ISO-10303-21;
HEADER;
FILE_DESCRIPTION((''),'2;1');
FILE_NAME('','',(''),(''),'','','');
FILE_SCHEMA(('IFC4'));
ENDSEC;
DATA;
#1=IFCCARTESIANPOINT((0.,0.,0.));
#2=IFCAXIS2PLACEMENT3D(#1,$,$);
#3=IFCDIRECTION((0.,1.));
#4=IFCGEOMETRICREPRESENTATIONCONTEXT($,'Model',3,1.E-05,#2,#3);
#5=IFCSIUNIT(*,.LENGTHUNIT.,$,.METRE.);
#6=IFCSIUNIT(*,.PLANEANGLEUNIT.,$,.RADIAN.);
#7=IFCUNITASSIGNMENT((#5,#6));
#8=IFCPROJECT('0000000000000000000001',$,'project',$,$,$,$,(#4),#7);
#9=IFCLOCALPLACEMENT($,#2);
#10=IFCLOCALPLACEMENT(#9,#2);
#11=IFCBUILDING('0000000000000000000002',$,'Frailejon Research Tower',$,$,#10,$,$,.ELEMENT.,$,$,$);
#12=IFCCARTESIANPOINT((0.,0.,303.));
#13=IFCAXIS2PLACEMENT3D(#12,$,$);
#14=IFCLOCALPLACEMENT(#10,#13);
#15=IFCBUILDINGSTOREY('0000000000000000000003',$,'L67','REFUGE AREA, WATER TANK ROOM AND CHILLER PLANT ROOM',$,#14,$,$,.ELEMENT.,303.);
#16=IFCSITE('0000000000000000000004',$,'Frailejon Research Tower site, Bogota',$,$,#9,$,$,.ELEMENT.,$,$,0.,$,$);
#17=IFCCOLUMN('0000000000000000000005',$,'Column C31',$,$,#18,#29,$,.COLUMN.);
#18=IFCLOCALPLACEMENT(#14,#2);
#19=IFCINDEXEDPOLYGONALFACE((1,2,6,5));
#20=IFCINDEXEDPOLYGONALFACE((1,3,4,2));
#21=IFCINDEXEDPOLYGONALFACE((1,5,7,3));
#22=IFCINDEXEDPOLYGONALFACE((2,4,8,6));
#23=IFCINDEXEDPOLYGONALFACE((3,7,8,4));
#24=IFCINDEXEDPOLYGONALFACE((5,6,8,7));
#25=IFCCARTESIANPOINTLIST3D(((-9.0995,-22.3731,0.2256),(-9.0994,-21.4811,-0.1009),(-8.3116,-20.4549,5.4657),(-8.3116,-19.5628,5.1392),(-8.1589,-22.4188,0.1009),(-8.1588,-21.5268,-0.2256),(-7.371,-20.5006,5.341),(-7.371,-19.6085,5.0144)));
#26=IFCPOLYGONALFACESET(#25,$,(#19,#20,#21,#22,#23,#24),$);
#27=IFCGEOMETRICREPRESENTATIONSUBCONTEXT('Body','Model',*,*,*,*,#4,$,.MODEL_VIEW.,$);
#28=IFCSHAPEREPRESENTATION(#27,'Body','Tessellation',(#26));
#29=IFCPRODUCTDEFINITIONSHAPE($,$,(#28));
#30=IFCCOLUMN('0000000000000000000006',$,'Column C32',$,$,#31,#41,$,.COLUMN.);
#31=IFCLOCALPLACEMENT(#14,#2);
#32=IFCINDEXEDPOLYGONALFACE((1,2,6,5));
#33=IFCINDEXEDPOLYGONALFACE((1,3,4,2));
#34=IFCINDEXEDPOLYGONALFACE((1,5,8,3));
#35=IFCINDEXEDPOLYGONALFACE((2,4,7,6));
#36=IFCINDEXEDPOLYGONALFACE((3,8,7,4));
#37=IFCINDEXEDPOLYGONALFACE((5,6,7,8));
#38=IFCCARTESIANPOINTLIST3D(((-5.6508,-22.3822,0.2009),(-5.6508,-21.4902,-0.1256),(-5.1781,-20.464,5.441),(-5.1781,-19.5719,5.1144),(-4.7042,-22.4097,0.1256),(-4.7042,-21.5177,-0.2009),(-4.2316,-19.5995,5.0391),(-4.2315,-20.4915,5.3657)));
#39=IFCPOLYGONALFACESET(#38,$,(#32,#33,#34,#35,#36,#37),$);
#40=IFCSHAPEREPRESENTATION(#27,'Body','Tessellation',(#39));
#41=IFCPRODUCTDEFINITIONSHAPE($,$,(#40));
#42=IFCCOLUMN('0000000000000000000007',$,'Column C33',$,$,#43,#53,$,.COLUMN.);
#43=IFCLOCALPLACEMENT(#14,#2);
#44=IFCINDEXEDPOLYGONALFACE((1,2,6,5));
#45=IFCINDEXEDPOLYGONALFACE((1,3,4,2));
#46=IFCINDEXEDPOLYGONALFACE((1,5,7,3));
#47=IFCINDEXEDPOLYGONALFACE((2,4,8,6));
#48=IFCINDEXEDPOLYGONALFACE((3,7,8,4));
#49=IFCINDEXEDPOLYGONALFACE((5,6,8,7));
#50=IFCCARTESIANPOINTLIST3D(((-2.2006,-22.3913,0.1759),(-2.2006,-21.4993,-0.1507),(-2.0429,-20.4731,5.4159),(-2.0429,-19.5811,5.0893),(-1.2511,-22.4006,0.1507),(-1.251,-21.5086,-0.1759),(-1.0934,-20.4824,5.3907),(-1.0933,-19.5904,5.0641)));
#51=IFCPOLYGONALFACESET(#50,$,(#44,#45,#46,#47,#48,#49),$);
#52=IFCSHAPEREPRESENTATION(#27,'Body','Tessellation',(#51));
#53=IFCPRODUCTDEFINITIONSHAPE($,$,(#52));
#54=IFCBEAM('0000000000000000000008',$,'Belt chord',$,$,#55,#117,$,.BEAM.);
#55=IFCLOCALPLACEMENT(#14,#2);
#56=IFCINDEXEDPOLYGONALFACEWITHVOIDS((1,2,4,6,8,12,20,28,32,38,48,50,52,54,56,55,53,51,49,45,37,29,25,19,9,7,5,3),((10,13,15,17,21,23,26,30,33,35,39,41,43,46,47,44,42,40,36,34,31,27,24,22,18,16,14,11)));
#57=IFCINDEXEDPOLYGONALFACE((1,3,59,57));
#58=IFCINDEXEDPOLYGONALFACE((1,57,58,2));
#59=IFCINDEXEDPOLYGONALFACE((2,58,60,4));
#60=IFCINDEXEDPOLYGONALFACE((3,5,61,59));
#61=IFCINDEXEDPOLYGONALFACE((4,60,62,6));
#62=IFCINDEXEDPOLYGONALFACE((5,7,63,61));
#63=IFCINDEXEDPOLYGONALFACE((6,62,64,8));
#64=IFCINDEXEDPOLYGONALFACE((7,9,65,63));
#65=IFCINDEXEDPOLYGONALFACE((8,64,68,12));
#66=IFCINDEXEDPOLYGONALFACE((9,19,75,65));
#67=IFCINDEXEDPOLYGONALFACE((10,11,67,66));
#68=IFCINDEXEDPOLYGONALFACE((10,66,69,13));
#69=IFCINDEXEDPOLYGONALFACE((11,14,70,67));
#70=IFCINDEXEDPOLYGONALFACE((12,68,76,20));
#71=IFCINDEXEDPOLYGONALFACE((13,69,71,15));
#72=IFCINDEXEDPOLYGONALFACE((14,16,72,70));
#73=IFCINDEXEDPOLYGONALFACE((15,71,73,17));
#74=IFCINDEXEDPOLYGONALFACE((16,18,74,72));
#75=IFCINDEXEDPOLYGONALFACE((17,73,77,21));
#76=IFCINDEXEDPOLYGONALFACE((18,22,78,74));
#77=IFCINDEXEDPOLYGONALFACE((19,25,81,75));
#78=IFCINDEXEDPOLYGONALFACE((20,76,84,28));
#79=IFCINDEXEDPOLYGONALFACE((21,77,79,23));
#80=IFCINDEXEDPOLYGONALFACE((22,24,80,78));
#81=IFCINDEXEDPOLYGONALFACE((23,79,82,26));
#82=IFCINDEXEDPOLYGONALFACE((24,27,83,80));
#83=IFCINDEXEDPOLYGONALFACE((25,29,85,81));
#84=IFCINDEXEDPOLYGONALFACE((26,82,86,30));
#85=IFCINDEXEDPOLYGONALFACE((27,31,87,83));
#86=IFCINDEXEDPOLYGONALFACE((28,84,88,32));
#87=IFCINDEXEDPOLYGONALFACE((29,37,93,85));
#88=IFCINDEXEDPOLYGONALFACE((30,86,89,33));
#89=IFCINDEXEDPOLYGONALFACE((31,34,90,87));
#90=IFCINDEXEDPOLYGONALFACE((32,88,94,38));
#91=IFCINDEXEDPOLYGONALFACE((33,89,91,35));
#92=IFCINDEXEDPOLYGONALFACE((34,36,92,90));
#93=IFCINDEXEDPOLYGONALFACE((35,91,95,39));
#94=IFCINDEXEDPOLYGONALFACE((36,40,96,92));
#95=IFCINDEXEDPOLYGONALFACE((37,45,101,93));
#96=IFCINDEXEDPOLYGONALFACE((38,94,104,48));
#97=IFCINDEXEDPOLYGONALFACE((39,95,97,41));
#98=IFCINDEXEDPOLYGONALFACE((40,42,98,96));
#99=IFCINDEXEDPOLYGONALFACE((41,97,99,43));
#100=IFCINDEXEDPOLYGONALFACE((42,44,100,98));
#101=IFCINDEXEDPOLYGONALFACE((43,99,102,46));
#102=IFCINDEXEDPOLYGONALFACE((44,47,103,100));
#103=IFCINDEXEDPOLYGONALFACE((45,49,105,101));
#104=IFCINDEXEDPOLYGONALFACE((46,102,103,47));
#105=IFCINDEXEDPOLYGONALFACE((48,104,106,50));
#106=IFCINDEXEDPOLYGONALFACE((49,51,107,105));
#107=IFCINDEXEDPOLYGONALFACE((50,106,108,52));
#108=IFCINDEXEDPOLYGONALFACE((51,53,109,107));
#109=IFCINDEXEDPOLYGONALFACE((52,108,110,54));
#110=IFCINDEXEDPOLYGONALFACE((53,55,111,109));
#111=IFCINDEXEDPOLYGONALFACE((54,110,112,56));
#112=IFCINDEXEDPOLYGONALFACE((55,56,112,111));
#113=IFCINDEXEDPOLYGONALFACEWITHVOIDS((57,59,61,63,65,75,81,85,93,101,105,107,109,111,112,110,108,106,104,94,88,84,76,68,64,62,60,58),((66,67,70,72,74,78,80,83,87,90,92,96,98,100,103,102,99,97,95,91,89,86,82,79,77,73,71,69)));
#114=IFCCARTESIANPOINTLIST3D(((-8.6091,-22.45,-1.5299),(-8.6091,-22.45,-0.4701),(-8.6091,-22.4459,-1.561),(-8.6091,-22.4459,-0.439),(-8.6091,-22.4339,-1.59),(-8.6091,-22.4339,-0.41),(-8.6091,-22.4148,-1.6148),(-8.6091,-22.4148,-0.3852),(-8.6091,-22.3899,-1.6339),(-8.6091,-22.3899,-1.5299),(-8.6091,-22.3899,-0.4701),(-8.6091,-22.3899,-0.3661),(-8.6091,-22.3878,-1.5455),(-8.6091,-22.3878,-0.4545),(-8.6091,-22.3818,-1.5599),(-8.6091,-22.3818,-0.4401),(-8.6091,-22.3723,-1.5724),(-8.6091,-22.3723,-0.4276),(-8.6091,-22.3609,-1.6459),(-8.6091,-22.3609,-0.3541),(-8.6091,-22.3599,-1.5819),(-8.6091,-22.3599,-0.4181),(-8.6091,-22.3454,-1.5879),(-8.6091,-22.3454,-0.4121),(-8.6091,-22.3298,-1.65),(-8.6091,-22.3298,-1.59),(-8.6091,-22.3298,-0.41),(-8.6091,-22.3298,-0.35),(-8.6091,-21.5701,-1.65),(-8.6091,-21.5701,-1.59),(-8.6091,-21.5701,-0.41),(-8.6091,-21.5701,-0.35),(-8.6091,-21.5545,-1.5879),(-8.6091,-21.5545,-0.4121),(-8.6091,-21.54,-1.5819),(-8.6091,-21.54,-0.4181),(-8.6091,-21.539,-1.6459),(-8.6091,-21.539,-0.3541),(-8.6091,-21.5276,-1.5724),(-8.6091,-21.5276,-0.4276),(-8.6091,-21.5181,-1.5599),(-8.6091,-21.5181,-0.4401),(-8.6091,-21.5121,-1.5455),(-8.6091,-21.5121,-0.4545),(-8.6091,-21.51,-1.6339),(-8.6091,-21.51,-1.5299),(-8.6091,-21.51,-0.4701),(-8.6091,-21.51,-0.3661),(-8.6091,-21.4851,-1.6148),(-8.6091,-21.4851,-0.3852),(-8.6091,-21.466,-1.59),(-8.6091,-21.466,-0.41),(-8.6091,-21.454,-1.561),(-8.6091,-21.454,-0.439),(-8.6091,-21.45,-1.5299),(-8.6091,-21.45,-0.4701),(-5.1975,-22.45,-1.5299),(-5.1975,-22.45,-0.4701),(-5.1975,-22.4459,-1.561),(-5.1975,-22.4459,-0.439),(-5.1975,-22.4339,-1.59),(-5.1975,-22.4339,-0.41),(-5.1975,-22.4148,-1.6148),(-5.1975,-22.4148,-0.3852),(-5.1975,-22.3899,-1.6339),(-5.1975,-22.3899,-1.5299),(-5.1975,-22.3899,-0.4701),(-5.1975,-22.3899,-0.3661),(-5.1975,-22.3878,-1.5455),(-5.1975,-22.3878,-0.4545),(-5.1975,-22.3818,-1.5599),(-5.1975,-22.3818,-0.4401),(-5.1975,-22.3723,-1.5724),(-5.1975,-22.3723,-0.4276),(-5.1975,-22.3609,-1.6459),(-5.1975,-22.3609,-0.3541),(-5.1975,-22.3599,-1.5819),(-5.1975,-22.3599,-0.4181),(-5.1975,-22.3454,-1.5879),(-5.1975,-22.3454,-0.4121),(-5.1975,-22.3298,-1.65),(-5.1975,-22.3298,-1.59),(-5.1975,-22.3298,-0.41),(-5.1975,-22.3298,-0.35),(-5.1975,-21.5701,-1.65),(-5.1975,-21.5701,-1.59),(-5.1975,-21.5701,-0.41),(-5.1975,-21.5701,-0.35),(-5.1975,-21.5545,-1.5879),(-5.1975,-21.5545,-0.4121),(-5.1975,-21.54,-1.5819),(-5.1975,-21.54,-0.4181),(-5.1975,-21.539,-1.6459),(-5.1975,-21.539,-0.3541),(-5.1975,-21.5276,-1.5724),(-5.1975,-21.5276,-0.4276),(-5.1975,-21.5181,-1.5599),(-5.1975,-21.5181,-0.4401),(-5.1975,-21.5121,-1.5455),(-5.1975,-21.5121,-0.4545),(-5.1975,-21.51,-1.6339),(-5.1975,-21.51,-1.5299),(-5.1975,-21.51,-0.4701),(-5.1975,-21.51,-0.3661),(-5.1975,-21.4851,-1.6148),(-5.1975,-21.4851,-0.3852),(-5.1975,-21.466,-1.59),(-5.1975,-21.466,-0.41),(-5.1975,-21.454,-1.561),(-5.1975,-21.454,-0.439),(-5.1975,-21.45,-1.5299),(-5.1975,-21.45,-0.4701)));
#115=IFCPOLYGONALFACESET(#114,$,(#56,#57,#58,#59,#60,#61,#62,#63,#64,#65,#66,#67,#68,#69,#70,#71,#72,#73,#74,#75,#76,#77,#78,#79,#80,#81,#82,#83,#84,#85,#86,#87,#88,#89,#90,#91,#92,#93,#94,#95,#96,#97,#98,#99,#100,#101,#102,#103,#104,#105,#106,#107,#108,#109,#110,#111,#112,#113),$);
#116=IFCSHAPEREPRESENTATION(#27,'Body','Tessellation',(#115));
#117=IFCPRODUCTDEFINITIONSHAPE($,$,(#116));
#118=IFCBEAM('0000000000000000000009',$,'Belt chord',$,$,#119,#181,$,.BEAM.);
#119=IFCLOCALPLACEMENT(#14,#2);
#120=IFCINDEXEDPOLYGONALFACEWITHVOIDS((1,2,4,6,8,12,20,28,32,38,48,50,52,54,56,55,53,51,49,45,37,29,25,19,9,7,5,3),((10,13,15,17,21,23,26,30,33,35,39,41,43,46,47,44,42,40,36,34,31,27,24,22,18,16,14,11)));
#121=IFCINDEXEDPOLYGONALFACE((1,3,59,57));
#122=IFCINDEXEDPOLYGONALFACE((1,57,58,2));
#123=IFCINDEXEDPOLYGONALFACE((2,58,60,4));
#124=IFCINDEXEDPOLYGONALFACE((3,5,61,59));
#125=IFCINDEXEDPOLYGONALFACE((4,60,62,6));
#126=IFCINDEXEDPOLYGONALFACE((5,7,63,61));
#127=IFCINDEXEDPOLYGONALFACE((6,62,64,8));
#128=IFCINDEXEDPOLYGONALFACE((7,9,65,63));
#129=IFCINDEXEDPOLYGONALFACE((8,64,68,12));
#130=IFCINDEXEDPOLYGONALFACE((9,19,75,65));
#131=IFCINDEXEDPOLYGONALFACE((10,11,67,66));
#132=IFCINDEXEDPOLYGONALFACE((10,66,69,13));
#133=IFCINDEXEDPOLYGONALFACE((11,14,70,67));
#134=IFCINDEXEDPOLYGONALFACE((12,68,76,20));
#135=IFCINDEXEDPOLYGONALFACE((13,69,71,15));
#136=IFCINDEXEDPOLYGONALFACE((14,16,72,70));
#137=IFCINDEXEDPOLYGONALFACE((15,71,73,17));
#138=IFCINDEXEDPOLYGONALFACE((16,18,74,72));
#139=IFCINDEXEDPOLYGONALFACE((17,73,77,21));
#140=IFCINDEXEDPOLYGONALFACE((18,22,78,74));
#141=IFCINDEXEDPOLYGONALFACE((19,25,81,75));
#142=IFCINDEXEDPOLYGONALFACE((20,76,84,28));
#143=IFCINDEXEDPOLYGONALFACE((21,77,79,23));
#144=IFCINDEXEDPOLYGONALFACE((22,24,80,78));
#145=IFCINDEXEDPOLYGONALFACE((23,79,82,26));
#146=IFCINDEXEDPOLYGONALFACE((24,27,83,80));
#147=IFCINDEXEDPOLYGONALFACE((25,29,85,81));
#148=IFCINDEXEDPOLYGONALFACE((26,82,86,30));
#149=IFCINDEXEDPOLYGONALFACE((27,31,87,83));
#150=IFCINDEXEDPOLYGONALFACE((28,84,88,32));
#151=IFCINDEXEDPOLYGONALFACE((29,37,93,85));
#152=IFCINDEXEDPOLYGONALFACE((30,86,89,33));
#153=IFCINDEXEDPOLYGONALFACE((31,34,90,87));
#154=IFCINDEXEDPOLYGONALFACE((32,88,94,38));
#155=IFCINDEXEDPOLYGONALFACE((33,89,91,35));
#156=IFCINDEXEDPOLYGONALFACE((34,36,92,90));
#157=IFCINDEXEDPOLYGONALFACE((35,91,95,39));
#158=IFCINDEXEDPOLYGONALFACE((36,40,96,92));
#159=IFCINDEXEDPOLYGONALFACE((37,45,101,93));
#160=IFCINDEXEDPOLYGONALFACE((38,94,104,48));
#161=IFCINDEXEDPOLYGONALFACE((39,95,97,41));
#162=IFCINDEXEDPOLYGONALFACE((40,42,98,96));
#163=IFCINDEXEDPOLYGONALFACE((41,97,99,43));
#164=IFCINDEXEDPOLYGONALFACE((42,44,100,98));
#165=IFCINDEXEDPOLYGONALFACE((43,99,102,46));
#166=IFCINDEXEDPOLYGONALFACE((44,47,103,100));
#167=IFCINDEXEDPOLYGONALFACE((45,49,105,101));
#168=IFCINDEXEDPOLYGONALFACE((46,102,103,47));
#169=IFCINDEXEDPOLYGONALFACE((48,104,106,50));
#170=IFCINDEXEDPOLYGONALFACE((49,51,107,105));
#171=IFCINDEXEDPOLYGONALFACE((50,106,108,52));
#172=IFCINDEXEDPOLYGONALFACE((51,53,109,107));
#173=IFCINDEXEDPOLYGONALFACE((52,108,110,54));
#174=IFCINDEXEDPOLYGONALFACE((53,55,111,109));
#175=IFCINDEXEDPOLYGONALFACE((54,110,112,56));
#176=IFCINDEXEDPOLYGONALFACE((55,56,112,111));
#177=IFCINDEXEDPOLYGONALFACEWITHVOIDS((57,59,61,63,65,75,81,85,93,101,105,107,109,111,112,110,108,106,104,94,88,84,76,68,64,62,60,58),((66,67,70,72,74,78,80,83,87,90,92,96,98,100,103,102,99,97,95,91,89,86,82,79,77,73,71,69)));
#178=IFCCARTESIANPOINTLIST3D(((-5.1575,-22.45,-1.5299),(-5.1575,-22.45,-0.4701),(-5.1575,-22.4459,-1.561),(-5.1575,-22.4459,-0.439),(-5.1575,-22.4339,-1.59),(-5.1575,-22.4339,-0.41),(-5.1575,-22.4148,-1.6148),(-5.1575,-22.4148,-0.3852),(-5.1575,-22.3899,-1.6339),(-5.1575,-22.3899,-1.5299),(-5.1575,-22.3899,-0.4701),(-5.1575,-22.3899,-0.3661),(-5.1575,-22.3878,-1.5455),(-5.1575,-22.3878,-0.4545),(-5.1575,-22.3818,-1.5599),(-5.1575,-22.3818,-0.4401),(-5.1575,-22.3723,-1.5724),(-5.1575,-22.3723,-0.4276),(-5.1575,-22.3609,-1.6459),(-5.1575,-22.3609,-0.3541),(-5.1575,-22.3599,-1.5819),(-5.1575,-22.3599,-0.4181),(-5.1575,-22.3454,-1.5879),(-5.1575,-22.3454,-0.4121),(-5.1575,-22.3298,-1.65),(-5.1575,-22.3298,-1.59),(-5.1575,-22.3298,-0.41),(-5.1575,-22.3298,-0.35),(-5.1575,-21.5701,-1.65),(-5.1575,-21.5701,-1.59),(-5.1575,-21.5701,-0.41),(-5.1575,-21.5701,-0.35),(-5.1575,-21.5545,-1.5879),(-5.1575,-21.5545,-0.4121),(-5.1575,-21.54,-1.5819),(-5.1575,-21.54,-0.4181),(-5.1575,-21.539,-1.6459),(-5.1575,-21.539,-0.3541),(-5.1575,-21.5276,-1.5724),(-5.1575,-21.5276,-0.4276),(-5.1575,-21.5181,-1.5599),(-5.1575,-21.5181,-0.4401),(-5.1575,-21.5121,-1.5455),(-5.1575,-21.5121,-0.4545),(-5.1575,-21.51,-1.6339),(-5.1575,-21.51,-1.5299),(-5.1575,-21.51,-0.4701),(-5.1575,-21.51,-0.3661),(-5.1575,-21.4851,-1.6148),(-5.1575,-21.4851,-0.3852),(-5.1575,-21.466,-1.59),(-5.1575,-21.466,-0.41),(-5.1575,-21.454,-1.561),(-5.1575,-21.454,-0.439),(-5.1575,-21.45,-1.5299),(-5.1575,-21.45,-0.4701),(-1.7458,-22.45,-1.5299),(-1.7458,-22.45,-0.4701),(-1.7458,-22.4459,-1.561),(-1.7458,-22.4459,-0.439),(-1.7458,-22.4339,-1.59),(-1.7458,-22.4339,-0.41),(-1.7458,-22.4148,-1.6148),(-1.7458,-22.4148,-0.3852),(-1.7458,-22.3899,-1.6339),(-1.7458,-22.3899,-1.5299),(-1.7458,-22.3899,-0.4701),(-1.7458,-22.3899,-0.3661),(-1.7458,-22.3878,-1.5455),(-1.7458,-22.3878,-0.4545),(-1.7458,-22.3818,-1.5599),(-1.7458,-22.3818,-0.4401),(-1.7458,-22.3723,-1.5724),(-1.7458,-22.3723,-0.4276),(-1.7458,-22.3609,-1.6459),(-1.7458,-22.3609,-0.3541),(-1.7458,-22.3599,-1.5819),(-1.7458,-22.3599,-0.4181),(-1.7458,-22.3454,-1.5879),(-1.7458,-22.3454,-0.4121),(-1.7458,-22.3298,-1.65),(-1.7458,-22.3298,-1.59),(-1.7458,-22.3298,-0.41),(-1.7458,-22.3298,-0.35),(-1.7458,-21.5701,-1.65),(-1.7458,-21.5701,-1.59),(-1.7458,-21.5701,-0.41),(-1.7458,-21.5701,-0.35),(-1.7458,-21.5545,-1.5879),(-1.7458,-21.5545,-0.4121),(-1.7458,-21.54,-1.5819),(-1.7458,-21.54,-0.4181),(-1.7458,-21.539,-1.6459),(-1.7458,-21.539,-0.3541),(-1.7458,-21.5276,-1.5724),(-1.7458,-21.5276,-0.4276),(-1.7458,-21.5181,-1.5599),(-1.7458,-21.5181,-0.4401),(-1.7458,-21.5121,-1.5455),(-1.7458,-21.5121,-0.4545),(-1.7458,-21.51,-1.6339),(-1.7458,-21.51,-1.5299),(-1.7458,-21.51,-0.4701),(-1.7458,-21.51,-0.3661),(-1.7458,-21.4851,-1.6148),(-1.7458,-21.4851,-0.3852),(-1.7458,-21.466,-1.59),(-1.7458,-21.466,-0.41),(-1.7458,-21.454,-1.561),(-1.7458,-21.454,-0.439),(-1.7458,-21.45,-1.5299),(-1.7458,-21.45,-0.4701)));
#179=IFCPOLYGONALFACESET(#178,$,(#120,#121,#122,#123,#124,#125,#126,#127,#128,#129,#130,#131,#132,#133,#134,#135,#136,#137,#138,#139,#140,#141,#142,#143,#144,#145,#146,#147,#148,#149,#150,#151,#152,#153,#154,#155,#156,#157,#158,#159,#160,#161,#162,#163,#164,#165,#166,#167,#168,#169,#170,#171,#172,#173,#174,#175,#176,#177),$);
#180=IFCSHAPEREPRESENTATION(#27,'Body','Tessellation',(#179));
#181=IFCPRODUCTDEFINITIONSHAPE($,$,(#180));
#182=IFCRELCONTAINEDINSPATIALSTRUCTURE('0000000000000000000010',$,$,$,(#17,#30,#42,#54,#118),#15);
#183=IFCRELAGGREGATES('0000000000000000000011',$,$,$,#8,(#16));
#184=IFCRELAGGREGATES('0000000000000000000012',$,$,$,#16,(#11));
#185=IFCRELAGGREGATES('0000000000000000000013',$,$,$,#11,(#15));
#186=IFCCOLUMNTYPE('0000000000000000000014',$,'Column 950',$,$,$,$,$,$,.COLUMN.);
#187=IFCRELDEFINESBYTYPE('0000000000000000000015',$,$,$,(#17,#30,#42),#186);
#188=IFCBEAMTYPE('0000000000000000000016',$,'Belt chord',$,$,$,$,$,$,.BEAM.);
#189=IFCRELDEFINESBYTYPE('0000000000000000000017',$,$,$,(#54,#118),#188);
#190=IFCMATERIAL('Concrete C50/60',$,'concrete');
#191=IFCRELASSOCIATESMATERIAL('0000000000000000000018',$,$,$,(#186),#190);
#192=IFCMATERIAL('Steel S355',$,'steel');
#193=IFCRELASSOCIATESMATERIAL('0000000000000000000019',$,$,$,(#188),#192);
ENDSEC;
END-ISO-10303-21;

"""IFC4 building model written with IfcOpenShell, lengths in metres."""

from ifc_helpers import new_model, si_unit, direction, frame, origin, origin_2d, place, context, subcontext, project, spatial, rectangle, hollow_rectangle, extrude, material, material_profile, profile_set, type_object, element, save


model = new_model("IFC4")

# Units and contexts
model_context = context("Model", 3, precision=1e-05, world=origin(), true_north=direction((0.0, 1.0)))
body_context = subcontext(model_context, "Body", "Model", "MODEL_VIEW")
ifc_project = project(units=[si_unit("LENGTHUNIT", "METRE"), si_unit("PLANEANGLEUNIT", "RADIAN")], contexts=[model_context])

# Site, building, storey
site_placement = place(None, origin())
site = spatial("IfcSite", under=ifc_project, at=site_placement, Name="Frailejon Research Tower site, Bogota", CompositionType="ELEMENT", RefElevation=0.0)
building_placement = place(site_placement, origin())
building = spatial("IfcBuilding", under=site, at=building_placement, Name="Frailejon Research Tower", CompositionType="ELEMENT")
storey_placement = place(building_placement, frame((0.0, 0.0, 303.0)))
storey = spatial("IfcBuildingStorey", under=building, at=storey_placement, Name="L67", Description="REFUGE AREA, WATER TANK ROOM AND CHILLER PLANT ROOM", CompositionType="ELEMENT", Elevation=303.0)

# Columns
ifc_material_1 = material(Name="Concrete C50/60", Category="concrete")
ifc_material_profile_1 = material_profile(ifc_material_1, rectangle(XDim=0.95, YDim=0.95, at=origin_2d()), Name="Column 950")
ifc_profile_set_1 = profile_set([ifc_material_profile_1], Name="Concrete C50/60")
column_type = type_object("IfcColumnType", Name="Column 950", PredefinedType="COLUMN", material=ifc_profile_set_1)
column_1_placement = place(storey_placement, frame((-8.6292, -21.95, 0.0), z_axis=(0.139802, 0.340386, 0.929835), x_axis=(0.990179, -0.048083, -0.131273)))
element("IfcColumn", 1, at=column_1_placement, inside=storey, type_object=column_type, Name="Column C31", PredefinedType="COLUMN", context=body_context, shape_type="SweptSolid", body=[
    extrude(rectangle(XDim=0.95, YDim=0.95, at=origin_2d()), origin(), (0.0, 0.0, 1.0), 5.6355),
])
column_2_placement = place(storey_placement, frame((-5.1775, -21.95, 0.0), z_axis=(0.084402, 0.342536, 0.935706), x_axis=(0.996432, -0.028986, -0.079269)))
element("IfcColumn", 2, at=column_2_placement, inside=storey, type_object=column_type, Name="Column C32", PredefinedType="COLUMN", context=body_context, shape_type="SweptSolid", body=[
    extrude(rectangle(XDim=0.95, YDim=0.95, at=origin_2d()), origin(), (0.0, 0.0, 1.0), 5.6001),
])
column_3_placement = place(storey_placement, frame((-1.7258, -21.95, 0.0), z_axis=(0.028253, 0.343625, 0.938682), x_axis=(0.999601, -0.009777, -0.026507)))
element("IfcColumn", 3, at=column_3_placement, inside=storey, type_object=column_type, Name="Column C33", PredefinedType="COLUMN", context=body_context, shape_type="SweptSolid", body=[
    extrude(rectangle(XDim=0.95, YDim=0.95, at=origin_2d()), origin(), (0.0, 0.0, 1.0), 5.5823),
])

# Beams
ifc_material_2 = material(Name="Steel S355", Category="steel")
ifc_material_profile_2 = material_profile(ifc_material_2, hollow_rectangle(XDim=1.0, YDim=1.3, WallThickness=0.0601, InnerFilletRadius=0.0601, OuterFilletRadius=0.1201, at=origin_2d()), Name="Belt chord")
ifc_profile_set_2 = profile_set([ifc_material_profile_2], Name="Steel S355")
beam_type_1 = type_object("IfcBeamType", Name="Belt chord", PredefinedType="BEAM", material=ifc_profile_set_2)
for number, where, z_axis, x_axis, name in (
    (4, (-8.6091, -21.95, -1.0), (1.0, 0.0, 0.0), (0.0, 1.0, 0.0), "Belt chord"),
    (5, (-5.1575, -21.95, -1.0), (1.0, 0.0, 0.0), (0.0, 1.0, 0.0), "Belt chord"),
):
    element("IfcBeam", number, at=place(storey_placement, frame(where, z_axis=z_axis, x_axis=x_axis)), inside=storey, type_object=beam_type_1, Name=name, PredefinedType="BEAM", context=body_context, shape_type="SweptSolid", body=[
        extrude(hollow_rectangle(XDim=1.0, YDim=1.3, WallThickness=0.0601, InnerFilletRadius=0.0601, OuterFilletRadius=0.1201, at=origin_2d()), origin(), (0.0, 0.0, 1.0), 3.4116),
    ])

save(model, "model.ifc")
